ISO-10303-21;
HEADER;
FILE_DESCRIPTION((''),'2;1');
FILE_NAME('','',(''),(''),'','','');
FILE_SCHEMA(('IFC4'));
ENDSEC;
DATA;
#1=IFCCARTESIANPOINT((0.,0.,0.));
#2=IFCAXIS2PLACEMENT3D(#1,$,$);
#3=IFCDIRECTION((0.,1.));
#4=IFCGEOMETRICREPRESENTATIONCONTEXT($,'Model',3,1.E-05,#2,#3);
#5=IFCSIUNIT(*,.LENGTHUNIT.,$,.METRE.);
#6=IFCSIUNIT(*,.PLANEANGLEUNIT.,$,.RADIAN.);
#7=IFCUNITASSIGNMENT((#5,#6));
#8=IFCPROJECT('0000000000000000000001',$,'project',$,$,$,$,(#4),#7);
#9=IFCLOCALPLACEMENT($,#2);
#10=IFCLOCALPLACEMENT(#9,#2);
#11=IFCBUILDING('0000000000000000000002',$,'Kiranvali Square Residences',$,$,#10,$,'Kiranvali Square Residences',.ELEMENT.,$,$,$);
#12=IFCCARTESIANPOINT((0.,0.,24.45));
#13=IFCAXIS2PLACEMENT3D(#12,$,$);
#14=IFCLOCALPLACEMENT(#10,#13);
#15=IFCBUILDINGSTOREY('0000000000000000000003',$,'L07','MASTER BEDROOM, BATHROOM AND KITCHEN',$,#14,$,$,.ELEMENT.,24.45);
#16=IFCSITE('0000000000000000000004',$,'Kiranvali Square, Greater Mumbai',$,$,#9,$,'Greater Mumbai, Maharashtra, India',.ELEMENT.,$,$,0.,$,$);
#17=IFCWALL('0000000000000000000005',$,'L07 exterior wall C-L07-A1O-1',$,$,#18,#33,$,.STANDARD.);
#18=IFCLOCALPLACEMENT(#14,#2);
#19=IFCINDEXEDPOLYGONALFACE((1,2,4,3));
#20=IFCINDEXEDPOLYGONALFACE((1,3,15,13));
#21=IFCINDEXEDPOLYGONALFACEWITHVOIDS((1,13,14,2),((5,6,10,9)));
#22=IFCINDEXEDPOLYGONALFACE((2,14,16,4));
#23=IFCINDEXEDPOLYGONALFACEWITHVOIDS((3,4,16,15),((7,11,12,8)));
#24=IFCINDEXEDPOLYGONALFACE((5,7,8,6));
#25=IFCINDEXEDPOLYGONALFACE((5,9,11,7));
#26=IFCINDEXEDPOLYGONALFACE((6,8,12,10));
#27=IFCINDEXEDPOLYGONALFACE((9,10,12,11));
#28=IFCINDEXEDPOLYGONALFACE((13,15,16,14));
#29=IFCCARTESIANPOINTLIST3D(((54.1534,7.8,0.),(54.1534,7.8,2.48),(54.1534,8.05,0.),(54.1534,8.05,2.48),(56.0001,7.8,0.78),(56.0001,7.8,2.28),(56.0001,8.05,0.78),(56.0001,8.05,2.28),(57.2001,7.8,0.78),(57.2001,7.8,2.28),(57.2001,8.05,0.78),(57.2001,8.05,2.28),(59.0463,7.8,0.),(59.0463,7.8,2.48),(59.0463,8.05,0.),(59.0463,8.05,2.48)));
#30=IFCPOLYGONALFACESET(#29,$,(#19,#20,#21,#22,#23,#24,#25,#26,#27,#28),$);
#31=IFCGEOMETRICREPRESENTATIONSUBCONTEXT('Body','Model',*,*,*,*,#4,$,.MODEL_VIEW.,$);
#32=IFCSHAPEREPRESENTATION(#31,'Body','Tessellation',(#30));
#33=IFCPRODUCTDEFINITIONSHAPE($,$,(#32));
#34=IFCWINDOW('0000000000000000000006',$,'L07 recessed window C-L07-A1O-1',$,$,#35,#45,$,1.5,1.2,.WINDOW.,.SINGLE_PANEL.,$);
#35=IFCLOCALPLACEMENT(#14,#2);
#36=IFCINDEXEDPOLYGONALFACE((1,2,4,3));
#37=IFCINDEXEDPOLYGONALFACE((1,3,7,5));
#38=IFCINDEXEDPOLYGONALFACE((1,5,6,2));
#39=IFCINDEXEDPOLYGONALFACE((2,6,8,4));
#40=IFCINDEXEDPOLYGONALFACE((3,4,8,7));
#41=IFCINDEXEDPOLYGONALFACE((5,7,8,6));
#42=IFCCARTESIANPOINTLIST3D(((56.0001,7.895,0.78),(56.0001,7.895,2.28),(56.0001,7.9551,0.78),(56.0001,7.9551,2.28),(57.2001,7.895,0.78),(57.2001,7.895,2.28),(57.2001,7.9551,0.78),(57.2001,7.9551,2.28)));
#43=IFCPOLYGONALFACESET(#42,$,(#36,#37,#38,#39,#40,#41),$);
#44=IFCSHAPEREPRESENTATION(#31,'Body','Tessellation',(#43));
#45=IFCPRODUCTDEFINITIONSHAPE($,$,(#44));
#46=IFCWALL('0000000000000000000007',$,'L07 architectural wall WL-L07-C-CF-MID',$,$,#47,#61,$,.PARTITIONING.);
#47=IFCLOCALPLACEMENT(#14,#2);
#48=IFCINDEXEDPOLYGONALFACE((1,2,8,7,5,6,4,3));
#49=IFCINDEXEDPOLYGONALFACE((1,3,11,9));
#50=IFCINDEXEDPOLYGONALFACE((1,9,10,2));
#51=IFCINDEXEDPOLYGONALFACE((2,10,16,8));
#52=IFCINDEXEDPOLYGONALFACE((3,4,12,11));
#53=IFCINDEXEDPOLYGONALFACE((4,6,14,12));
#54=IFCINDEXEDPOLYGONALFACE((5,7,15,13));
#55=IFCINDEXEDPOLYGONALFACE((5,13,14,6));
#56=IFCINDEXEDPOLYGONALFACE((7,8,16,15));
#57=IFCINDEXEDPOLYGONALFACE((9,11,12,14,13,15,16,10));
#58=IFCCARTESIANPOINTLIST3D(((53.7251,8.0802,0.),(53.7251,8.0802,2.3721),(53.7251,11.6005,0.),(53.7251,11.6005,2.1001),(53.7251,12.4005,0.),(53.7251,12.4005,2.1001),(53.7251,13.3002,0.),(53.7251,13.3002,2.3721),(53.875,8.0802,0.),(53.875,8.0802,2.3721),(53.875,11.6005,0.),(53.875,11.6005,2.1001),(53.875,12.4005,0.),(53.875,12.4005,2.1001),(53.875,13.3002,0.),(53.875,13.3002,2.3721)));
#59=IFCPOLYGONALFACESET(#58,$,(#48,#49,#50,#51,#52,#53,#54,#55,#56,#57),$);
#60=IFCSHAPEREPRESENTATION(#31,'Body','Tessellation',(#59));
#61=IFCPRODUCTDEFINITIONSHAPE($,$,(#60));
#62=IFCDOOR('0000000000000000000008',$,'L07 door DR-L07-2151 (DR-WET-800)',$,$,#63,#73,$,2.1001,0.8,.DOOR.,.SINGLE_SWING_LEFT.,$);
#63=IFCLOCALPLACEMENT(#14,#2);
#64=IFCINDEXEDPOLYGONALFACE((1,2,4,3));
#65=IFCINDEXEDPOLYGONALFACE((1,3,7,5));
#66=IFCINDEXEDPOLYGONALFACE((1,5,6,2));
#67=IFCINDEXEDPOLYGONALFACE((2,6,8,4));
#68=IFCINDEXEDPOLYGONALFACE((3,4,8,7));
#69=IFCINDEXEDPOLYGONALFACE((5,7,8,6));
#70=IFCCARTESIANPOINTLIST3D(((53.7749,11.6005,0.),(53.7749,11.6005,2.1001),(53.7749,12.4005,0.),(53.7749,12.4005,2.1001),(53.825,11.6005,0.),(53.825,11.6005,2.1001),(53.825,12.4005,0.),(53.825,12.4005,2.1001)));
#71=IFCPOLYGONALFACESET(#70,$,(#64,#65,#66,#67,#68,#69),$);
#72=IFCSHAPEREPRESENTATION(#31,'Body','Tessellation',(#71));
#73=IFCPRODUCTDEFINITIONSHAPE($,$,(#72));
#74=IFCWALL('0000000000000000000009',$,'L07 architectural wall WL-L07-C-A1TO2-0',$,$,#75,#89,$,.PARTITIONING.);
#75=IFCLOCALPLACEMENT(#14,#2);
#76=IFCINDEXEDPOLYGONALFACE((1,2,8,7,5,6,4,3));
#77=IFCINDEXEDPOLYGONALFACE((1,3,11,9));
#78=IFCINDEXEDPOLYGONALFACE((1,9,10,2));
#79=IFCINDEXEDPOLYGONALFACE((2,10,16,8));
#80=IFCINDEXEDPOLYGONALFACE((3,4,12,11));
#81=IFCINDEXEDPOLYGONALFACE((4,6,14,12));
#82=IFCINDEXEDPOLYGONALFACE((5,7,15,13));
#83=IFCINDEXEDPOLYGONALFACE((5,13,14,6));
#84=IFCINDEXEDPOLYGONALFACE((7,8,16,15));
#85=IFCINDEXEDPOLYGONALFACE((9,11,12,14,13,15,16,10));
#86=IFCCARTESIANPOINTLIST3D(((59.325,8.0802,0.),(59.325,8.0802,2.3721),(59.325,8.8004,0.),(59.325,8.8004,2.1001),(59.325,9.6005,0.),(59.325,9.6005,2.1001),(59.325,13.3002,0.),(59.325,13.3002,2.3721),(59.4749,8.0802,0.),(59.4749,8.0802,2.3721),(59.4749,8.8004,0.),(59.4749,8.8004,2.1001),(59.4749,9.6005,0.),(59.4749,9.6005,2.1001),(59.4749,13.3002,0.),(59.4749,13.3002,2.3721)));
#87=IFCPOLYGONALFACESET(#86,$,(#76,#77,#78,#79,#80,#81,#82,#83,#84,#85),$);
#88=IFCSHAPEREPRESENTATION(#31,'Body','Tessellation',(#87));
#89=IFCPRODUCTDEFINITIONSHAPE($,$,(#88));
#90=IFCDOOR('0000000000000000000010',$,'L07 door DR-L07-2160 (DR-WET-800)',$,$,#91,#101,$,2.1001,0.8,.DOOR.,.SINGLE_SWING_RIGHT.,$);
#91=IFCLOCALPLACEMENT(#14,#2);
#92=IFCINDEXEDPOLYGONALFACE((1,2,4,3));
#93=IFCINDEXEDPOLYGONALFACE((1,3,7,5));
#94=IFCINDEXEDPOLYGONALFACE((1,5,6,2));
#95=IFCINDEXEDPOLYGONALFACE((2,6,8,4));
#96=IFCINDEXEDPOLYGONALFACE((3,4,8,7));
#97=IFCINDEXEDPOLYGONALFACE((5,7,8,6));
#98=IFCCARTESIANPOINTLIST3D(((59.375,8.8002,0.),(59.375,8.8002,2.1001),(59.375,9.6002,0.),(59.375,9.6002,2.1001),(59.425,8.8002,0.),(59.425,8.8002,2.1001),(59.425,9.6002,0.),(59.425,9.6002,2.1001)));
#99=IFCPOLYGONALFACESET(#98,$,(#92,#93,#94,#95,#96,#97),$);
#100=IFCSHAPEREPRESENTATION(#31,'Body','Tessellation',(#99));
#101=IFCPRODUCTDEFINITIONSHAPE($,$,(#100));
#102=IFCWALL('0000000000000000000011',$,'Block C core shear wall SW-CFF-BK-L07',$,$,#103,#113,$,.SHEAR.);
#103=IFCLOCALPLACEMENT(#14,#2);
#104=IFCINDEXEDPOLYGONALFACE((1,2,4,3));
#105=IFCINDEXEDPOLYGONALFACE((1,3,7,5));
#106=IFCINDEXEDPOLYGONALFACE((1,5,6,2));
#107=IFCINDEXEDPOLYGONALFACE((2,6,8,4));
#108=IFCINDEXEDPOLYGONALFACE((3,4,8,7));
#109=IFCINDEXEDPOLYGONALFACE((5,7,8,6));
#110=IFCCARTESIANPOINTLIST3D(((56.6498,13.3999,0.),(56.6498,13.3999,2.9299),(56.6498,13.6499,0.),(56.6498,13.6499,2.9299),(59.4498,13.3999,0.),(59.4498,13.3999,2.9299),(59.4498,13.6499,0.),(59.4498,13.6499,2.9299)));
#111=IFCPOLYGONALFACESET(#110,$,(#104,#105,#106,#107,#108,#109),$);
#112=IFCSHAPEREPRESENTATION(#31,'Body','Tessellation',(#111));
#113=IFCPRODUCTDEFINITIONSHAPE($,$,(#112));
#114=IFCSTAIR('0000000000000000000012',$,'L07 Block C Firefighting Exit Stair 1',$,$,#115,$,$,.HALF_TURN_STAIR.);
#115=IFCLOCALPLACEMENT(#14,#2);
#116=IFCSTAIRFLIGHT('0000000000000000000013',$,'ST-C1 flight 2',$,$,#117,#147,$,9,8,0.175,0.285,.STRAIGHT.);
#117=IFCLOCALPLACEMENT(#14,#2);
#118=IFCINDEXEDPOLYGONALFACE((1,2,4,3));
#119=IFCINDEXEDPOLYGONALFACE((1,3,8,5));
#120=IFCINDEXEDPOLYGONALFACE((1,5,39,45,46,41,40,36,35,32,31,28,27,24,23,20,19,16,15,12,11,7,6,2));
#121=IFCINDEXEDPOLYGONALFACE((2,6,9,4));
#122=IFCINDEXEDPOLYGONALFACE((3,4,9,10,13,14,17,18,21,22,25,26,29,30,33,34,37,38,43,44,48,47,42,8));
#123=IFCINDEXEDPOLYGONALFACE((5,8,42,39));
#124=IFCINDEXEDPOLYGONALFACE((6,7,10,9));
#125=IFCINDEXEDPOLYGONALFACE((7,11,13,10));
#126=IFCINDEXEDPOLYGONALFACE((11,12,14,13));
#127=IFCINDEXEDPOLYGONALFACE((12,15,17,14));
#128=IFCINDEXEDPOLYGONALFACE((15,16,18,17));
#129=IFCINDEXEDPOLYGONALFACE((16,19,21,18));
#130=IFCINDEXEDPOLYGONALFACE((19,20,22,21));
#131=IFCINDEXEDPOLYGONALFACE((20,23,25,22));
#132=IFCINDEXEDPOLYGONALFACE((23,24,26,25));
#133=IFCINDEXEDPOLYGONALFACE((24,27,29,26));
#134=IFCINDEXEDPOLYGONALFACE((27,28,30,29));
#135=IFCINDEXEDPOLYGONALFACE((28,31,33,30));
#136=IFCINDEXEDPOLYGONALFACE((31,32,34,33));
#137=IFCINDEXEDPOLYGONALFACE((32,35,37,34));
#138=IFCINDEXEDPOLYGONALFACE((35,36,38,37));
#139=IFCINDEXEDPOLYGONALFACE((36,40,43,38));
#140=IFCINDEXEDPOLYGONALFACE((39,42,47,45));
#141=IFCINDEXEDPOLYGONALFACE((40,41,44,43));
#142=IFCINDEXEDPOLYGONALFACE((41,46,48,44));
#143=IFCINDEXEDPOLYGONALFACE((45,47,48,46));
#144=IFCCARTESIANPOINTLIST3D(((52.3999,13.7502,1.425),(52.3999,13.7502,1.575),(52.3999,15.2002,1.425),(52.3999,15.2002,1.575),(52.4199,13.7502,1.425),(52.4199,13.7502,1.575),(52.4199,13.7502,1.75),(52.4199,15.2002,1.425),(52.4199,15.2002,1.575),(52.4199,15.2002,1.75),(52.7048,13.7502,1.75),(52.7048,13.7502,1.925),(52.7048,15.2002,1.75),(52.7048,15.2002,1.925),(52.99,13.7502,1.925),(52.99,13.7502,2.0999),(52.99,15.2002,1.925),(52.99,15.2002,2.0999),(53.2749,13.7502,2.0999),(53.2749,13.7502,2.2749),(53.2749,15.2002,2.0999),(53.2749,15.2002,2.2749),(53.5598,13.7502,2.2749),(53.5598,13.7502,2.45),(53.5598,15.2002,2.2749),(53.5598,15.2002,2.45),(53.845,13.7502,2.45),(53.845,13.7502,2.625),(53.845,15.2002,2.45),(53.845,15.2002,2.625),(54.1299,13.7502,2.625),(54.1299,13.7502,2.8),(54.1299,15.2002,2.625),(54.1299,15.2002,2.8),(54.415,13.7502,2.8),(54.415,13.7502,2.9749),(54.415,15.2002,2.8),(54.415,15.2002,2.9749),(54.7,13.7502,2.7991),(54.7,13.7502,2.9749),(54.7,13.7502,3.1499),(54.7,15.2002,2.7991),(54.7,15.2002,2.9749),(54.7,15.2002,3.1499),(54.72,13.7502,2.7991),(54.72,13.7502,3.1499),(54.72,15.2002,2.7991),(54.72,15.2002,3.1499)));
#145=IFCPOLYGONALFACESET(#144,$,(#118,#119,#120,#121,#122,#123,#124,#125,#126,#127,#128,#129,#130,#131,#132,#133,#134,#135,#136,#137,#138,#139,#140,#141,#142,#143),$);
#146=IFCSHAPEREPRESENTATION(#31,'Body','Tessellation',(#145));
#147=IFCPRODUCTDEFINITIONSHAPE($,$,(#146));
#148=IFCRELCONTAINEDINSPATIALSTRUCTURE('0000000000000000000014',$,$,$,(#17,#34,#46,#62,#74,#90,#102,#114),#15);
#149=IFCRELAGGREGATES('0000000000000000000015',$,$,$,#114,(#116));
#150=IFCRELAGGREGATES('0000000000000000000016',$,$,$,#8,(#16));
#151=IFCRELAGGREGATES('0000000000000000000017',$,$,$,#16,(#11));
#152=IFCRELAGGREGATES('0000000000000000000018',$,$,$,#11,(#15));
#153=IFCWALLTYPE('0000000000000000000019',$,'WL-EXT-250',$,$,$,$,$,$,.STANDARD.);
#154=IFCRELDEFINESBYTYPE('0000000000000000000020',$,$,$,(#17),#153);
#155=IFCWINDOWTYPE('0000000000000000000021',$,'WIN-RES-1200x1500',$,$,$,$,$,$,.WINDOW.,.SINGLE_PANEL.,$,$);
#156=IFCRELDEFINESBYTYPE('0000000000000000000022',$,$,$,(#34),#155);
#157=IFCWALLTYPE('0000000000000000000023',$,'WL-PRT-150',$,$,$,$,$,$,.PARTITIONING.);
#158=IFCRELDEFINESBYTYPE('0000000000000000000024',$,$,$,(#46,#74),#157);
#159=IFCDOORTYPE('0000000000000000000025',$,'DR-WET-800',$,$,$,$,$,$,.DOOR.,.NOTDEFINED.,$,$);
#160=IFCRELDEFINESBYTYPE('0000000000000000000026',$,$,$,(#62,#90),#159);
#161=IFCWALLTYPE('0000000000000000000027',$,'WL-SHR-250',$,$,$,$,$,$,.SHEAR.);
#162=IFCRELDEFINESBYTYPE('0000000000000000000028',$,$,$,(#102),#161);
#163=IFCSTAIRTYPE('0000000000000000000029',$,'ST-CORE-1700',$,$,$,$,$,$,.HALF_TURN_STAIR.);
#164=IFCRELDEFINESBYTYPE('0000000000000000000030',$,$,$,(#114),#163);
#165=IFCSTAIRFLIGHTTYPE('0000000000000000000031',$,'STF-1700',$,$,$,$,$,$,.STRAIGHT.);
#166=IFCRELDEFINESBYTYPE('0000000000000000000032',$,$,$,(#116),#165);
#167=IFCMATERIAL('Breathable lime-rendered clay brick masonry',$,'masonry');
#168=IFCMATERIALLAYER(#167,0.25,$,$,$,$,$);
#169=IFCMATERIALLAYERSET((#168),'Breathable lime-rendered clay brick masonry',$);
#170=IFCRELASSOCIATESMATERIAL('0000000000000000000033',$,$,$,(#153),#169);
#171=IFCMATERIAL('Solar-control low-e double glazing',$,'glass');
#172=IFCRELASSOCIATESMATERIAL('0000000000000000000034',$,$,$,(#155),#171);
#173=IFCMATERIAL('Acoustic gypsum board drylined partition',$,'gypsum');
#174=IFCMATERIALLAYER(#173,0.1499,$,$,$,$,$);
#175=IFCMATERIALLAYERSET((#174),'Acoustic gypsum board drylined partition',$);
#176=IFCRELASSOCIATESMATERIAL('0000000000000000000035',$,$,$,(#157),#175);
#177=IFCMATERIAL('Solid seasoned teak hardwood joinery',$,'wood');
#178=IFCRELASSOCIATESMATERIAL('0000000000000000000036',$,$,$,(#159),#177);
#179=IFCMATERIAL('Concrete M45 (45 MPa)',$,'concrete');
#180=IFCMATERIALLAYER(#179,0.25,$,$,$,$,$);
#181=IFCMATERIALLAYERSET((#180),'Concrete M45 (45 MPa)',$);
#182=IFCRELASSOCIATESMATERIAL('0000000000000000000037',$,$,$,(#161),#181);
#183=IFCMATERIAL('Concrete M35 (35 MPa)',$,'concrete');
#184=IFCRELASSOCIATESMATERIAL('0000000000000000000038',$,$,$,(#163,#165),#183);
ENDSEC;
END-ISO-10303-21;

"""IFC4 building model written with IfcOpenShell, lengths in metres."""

from ifc_helpers import new_model, si_unit, direction, frame, frame_2d, origin, place, context, subcontext, project, spatial, polyline, rectangle, outline, extrude, material, layer, layer_set, type_object, element, fill, aggregate, save


model = new_model("IFC4")

# Units and contexts
model_context = context("Model", 3, precision=1e-05, world=origin(), true_north=direction((0.0, 1.0)))
body_context = subcontext(model_context, "Body", "Model", "MODEL_VIEW")
ifc_project = project(units=[si_unit("LENGTHUNIT", "METRE"), si_unit("PLANEANGLEUNIT", "RADIAN")], contexts=[model_context])

# Site, building, storey
site_placement = place(None, origin())
site = spatial("IfcSite", under=ifc_project, at=site_placement, Name="Kiranvali Square, Greater Mumbai", LongName="Greater Mumbai, Maharashtra, India", CompositionType="ELEMENT", RefElevation=0.0)
building_placement = place(site_placement, origin())
building = spatial("IfcBuilding", under=site, at=building_placement, Name="Kiranvali Square Residences", LongName="Kiranvali Square Residences", CompositionType="ELEMENT")
storey_placement = place(building_placement, frame((0.0, 0.0, 24.45)))
storey = spatial("IfcBuildingStorey", under=building, at=storey_placement, Name="L07", Description="MASTER BEDROOM, BATHROOM AND KITCHEN", CompositionType="ELEMENT", Elevation=24.45)

# Shared definitions
ifc_material_1 = material(Name="Concrete M45 (45 MPa)", Category="concrete")

# Wall, opening, window
ifc_material_2 = material(Name="Breathable lime-rendered clay brick masonry", Category="masonry")
ifc_layer_1 = layer(ifc_material_2, 0.25)
ifc_layer_set_1 = layer_set([ifc_layer_1], Name="Breathable lime-rendered clay brick masonry")
wall_type_1 = type_object("IfcWallType", Name="WL-EXT-250", PredefinedType="STANDARD", material=ifc_layer_set_1)
ifc_material_3 = material(Name="Solar-control low-e double glazing", Category="glass")
wall_1_placement = place(storey_placement, frame((54.1536, 7.925, 0.0), z_axis=(0.0, 0.0, 1.0), x_axis=(1.0, 0.0, 0.0)))
wall_1 = element("IfcWall", 1, at=wall_1_placement, inside=storey, type_object=wall_type_1, Name="L07 exterior wall C-L07-A1O-1", PredefinedType="STANDARD", context=body_context, shape_type="SweptSolid", body=[
    extrude(rectangle(XDim=4.8928, YDim=0.25, at=frame_2d((2.4463, 0.0))), origin(), (0.0, 0.0, 1.0), 2.48),
])
opening_1_placement = place(wall_1_placement, frame((1.8464, 0.0, 0.78)))
opening_1 = element("IfcOpeningElement", 2, at=opening_1_placement, cuts=wall_1, PredefinedType="OPENING", context=body_context, shape_type="SweptSolid", body=[
    extrude(rectangle(XDim=1.2, YDim=1.5, at=frame_2d((0.6001, 0.75))), frame((0.0, 0.135, 0.0), z_axis=(0.0, -1.0, 0.0), x_axis=(1.0, 0.0, 0.0)), (0.0, 0.0, 1.0), 0.27),
])
window_type_1 = type_object("IfcWindowType", Name="WIN-RES-1200x1500", PartitioningType="SINGLE_PANEL", PredefinedType="WINDOW", material=ifc_material_3)
window_1_placement = place(opening_1_placement, origin())
window_1 = element("IfcWindow", 3, at=window_1_placement, inside=storey, type_object=window_type_1, Name="L07 recessed window C-L07-A1O-1", OverallHeight=1.5, OverallWidth=1.2, PartitioningType="SINGLE_PANEL", PredefinedType="WINDOW", context=body_context, shape_type="SweptSolid", body=[
    extrude(rectangle(XDim=1.2, YDim=1.5, at=frame_2d((0.6001, 0.75))), frame((0.0, 0.03, 0.0), z_axis=(0.0, -1.0, 0.0), x_axis=(1.0, 0.0, 0.0)), (0.0, 0.0, 1.0), 0.0601),
])
fill(opening_1, window_1)

# Walls, openings, doors
ifc_material_4 = material(Name="Acoustic gypsum board drylined partition", Category="gypsum")
ifc_layer_2 = layer(ifc_material_4, 0.1499)
ifc_layer_set_2 = layer_set([ifc_layer_2], Name="Acoustic gypsum board drylined partition")
wall_type_2 = type_object("IfcWallType", Name="WL-PRT-150", PredefinedType="PARTITIONING", material=ifc_layer_set_2)
wall_2_placement = place(storey_placement, frame((53.8, 13.3, 0.0), z_axis=(0.0, 0.0, 1.0), x_axis=(0.0, -1.0, 0.0)))
wall_2 = element("IfcWall", 4, at=wall_2_placement, inside=storey, type_object=wall_type_2, Name="L07 architectural wall WL-L07-C-CF-MID", PredefinedType="PARTITIONING", context=body_context, shape_type="SweptSolid", body=[
    extrude(rectangle(XDim=5.22, YDim=0.1499, at=frame_2d((2.6099, 0.0))), origin(), (0.0, 0.0, 1.0), 2.3721),
])
opening_2_placement = place(wall_2_placement, frame((0.8997, 0.0, 0.0)))
opening_2 = element("IfcOpeningElement", 5, at=opening_2_placement, cuts=wall_2, PredefinedType="OPENING", context=body_context, shape_type="SweptSolid", body=[
    extrude(rectangle(XDim=0.8, YDim=2.1001, at=frame_2d((0.3999, 1.05))), frame((0.0, 0.085, 0.0), z_axis=(0.0, -1.0, 0.0), x_axis=(1.0, 0.0, 0.0)), (0.0, 0.0, 1.0), 0.1699),
])
ifc_material_5 = material(Name="Solid seasoned teak hardwood joinery", Category="wood")
door_type = type_object("IfcDoorType", Name="DR-WET-800", OperationType="NOTDEFINED", PredefinedType="DOOR", material=ifc_material_5)
door_1_placement = place(opening_2_placement, origin())
door_1 = element("IfcDoor", 6, at=door_1_placement, inside=storey, type_object=door_type, Name="L07 door DR-L07-2151 (DR-WET-800)", OperationType="SINGLE_SWING_LEFT", OverallHeight=2.1001, OverallWidth=0.8, PredefinedType="DOOR", context=body_context, shape_type="SweptSolid", body=[
    extrude(rectangle(XDim=0.8, YDim=2.1001, at=frame_2d((0.3999, 1.05))), frame((0.0, 0.0249, 0.0), z_axis=(0.0, -1.0, 0.0), x_axis=(1.0, 0.0, 0.0)), (0.0, 0.0, 1.0), 0.05),
])
fill(opening_2, door_1)
wall_3_placement = place(storey_placement, frame((59.3999, 13.3, 0.0), z_axis=(0.0, 0.0, 1.0), x_axis=(0.0, -1.0, 0.0)))
wall_3 = element("IfcWall", 7, at=wall_3_placement, inside=storey, type_object=wall_type_2, Name="L07 architectural wall WL-L07-C-A1TO2-0", PredefinedType="PARTITIONING", context=body_context, shape_type="SweptSolid", body=[
    extrude(rectangle(XDim=5.22, YDim=0.1499, at=frame_2d((2.6099, 0.0))), origin(), (0.0, 0.0, 1.0), 2.3721),
])
opening_3_placement = place(wall_3_placement, frame((3.6997, 0.0, 0.0)))
opening_3 = element("IfcOpeningElement", 8, at=opening_3_placement, cuts=wall_3, PredefinedType="OPENING", context=body_context, shape_type="SweptSolid", body=[
    extrude(rectangle(XDim=0.8, YDim=2.1001, at=frame_2d((0.3999, 1.05))), frame((0.0, 0.085, 0.0), z_axis=(0.0, -1.0, 0.0), x_axis=(1.0, 0.0, 0.0)), (0.0, 0.0, 1.0), 0.1699),
])
door_2_placement = place(opening_3_placement, frame((0.8, 0.0, 0.0), z_axis=(0.0, 0.0, 1.0), x_axis=(-1.0, 0.0, 0.0)))
door_2 = element("IfcDoor", 9, at=door_2_placement, inside=storey, type_object=door_type, Name="L07 door DR-L07-2160 (DR-WET-800)", OperationType="SINGLE_SWING_RIGHT", OverallHeight=2.1001, OverallWidth=0.8, PredefinedType="DOOR", context=body_context, shape_type="SweptSolid", body=[
    extrude(rectangle(XDim=0.8, YDim=2.1001, at=frame_2d((0.3999, 1.05))), frame((0.0, 0.0249, 0.0), z_axis=(0.0, -1.0, 0.0), x_axis=(1.0, 0.0, 0.0)), (0.0, 0.0, 1.0), 0.05),
])
fill(opening_3, door_2)

# Wall
ifc_layer_3 = layer(ifc_material_1, 0.25)
ifc_layer_set_3 = layer_set([ifc_layer_3], Name="Concrete M45 (45 MPa)")
wall_type_3 = type_object("IfcWallType", Name="WL-SHR-250", PredefinedType="SHEAR", material=ifc_layer_set_3)
wall_4_placement = place(storey_placement, frame((56.6499, 13.5249, 0.0), z_axis=(0.0, 0.0, 1.0), x_axis=(1.0, 0.0, 0.0)))
element("IfcWall", 10, at=wall_4_placement, inside=storey, type_object=wall_type_3, Name="Block C core shear wall SW-CFF-BK-L07", PredefinedType="SHEAR", context=body_context, shape_type="SweptSolid", body=[
    extrude(rectangle(XDim=2.8, YDim=0.25, at=frame_2d((1.3999, 0.0))), origin(), (0.0, 0.0, 1.0), 2.9299),
])

# Stair, stair flight
ifc_material_6 = material(Name="Concrete M35 (35 MPa)", Category="concrete")
stair_type = type_object("IfcStairType", Name="ST-CORE-1700", PredefinedType="HALF_TURN_STAIR", material=ifc_material_6)
stair_placement = place(storey_placement, origin())
stair = element("IfcStair", 11, at=stair_placement, inside=storey, type_object=stair_type, Name="L07 Block C Firefighting Exit Stair 1", PredefinedType="HALF_TURN_STAIR")
stair_flight_type = type_object("IfcStairFlightType", Name="STF-1700", PredefinedType="STRAIGHT", material=ifc_material_6)
stair_flight_placement = place(storey_placement, frame((52.4199, 14.4751, 1.575), z_axis=(0.0, 0.0, 1.0), x_axis=(1.0, 0.0, 0.0)))
stair_flight = element("IfcStairFlight", 12, at=stair_flight_placement, type_object=stair_flight_type, Name="ST-C1 flight 2", NumberOfRisers=9, NumberOfTreads=8, PredefinedType="STRAIGHT", RiserHeight=0.175, TreadLength=0.285, context=body_context, shape_type="SweptSolid", body=[
    extrude(outline(polyline([(-0.02, -0.1499), (-0.02, 0.0), (0.0, 0.0), (0.0, 0.175), (0.2849, 0.175), (0.2849, 0.3501), (0.5701, 0.3501), (0.5701, 0.5249), (0.855, 0.5249), (0.855, 0.7), (1.1399, 0.7), (1.1399, 0.875), (1.425, 0.875), (1.425, 1.05), (1.71, 1.05), (1.71, 1.2251), (1.9951, 1.2251), (1.9951, 1.3999), (2.28, 1.3999), (2.28, 1.575), (2.3, 1.575), (2.3, 1.2241), (2.28, 1.2241), (0.0, -0.1499), (-0.02, -0.1499)])), frame((0.0, 0.7251, 0.0), z_axis=(0.0, -1.0, 0.0), x_axis=(1.0, 0.0, 0.0)), (0.0, 0.0, 1.0), 1.45),
])
aggregate(stair, [stair_flight])

save(model, "model.ifc")
